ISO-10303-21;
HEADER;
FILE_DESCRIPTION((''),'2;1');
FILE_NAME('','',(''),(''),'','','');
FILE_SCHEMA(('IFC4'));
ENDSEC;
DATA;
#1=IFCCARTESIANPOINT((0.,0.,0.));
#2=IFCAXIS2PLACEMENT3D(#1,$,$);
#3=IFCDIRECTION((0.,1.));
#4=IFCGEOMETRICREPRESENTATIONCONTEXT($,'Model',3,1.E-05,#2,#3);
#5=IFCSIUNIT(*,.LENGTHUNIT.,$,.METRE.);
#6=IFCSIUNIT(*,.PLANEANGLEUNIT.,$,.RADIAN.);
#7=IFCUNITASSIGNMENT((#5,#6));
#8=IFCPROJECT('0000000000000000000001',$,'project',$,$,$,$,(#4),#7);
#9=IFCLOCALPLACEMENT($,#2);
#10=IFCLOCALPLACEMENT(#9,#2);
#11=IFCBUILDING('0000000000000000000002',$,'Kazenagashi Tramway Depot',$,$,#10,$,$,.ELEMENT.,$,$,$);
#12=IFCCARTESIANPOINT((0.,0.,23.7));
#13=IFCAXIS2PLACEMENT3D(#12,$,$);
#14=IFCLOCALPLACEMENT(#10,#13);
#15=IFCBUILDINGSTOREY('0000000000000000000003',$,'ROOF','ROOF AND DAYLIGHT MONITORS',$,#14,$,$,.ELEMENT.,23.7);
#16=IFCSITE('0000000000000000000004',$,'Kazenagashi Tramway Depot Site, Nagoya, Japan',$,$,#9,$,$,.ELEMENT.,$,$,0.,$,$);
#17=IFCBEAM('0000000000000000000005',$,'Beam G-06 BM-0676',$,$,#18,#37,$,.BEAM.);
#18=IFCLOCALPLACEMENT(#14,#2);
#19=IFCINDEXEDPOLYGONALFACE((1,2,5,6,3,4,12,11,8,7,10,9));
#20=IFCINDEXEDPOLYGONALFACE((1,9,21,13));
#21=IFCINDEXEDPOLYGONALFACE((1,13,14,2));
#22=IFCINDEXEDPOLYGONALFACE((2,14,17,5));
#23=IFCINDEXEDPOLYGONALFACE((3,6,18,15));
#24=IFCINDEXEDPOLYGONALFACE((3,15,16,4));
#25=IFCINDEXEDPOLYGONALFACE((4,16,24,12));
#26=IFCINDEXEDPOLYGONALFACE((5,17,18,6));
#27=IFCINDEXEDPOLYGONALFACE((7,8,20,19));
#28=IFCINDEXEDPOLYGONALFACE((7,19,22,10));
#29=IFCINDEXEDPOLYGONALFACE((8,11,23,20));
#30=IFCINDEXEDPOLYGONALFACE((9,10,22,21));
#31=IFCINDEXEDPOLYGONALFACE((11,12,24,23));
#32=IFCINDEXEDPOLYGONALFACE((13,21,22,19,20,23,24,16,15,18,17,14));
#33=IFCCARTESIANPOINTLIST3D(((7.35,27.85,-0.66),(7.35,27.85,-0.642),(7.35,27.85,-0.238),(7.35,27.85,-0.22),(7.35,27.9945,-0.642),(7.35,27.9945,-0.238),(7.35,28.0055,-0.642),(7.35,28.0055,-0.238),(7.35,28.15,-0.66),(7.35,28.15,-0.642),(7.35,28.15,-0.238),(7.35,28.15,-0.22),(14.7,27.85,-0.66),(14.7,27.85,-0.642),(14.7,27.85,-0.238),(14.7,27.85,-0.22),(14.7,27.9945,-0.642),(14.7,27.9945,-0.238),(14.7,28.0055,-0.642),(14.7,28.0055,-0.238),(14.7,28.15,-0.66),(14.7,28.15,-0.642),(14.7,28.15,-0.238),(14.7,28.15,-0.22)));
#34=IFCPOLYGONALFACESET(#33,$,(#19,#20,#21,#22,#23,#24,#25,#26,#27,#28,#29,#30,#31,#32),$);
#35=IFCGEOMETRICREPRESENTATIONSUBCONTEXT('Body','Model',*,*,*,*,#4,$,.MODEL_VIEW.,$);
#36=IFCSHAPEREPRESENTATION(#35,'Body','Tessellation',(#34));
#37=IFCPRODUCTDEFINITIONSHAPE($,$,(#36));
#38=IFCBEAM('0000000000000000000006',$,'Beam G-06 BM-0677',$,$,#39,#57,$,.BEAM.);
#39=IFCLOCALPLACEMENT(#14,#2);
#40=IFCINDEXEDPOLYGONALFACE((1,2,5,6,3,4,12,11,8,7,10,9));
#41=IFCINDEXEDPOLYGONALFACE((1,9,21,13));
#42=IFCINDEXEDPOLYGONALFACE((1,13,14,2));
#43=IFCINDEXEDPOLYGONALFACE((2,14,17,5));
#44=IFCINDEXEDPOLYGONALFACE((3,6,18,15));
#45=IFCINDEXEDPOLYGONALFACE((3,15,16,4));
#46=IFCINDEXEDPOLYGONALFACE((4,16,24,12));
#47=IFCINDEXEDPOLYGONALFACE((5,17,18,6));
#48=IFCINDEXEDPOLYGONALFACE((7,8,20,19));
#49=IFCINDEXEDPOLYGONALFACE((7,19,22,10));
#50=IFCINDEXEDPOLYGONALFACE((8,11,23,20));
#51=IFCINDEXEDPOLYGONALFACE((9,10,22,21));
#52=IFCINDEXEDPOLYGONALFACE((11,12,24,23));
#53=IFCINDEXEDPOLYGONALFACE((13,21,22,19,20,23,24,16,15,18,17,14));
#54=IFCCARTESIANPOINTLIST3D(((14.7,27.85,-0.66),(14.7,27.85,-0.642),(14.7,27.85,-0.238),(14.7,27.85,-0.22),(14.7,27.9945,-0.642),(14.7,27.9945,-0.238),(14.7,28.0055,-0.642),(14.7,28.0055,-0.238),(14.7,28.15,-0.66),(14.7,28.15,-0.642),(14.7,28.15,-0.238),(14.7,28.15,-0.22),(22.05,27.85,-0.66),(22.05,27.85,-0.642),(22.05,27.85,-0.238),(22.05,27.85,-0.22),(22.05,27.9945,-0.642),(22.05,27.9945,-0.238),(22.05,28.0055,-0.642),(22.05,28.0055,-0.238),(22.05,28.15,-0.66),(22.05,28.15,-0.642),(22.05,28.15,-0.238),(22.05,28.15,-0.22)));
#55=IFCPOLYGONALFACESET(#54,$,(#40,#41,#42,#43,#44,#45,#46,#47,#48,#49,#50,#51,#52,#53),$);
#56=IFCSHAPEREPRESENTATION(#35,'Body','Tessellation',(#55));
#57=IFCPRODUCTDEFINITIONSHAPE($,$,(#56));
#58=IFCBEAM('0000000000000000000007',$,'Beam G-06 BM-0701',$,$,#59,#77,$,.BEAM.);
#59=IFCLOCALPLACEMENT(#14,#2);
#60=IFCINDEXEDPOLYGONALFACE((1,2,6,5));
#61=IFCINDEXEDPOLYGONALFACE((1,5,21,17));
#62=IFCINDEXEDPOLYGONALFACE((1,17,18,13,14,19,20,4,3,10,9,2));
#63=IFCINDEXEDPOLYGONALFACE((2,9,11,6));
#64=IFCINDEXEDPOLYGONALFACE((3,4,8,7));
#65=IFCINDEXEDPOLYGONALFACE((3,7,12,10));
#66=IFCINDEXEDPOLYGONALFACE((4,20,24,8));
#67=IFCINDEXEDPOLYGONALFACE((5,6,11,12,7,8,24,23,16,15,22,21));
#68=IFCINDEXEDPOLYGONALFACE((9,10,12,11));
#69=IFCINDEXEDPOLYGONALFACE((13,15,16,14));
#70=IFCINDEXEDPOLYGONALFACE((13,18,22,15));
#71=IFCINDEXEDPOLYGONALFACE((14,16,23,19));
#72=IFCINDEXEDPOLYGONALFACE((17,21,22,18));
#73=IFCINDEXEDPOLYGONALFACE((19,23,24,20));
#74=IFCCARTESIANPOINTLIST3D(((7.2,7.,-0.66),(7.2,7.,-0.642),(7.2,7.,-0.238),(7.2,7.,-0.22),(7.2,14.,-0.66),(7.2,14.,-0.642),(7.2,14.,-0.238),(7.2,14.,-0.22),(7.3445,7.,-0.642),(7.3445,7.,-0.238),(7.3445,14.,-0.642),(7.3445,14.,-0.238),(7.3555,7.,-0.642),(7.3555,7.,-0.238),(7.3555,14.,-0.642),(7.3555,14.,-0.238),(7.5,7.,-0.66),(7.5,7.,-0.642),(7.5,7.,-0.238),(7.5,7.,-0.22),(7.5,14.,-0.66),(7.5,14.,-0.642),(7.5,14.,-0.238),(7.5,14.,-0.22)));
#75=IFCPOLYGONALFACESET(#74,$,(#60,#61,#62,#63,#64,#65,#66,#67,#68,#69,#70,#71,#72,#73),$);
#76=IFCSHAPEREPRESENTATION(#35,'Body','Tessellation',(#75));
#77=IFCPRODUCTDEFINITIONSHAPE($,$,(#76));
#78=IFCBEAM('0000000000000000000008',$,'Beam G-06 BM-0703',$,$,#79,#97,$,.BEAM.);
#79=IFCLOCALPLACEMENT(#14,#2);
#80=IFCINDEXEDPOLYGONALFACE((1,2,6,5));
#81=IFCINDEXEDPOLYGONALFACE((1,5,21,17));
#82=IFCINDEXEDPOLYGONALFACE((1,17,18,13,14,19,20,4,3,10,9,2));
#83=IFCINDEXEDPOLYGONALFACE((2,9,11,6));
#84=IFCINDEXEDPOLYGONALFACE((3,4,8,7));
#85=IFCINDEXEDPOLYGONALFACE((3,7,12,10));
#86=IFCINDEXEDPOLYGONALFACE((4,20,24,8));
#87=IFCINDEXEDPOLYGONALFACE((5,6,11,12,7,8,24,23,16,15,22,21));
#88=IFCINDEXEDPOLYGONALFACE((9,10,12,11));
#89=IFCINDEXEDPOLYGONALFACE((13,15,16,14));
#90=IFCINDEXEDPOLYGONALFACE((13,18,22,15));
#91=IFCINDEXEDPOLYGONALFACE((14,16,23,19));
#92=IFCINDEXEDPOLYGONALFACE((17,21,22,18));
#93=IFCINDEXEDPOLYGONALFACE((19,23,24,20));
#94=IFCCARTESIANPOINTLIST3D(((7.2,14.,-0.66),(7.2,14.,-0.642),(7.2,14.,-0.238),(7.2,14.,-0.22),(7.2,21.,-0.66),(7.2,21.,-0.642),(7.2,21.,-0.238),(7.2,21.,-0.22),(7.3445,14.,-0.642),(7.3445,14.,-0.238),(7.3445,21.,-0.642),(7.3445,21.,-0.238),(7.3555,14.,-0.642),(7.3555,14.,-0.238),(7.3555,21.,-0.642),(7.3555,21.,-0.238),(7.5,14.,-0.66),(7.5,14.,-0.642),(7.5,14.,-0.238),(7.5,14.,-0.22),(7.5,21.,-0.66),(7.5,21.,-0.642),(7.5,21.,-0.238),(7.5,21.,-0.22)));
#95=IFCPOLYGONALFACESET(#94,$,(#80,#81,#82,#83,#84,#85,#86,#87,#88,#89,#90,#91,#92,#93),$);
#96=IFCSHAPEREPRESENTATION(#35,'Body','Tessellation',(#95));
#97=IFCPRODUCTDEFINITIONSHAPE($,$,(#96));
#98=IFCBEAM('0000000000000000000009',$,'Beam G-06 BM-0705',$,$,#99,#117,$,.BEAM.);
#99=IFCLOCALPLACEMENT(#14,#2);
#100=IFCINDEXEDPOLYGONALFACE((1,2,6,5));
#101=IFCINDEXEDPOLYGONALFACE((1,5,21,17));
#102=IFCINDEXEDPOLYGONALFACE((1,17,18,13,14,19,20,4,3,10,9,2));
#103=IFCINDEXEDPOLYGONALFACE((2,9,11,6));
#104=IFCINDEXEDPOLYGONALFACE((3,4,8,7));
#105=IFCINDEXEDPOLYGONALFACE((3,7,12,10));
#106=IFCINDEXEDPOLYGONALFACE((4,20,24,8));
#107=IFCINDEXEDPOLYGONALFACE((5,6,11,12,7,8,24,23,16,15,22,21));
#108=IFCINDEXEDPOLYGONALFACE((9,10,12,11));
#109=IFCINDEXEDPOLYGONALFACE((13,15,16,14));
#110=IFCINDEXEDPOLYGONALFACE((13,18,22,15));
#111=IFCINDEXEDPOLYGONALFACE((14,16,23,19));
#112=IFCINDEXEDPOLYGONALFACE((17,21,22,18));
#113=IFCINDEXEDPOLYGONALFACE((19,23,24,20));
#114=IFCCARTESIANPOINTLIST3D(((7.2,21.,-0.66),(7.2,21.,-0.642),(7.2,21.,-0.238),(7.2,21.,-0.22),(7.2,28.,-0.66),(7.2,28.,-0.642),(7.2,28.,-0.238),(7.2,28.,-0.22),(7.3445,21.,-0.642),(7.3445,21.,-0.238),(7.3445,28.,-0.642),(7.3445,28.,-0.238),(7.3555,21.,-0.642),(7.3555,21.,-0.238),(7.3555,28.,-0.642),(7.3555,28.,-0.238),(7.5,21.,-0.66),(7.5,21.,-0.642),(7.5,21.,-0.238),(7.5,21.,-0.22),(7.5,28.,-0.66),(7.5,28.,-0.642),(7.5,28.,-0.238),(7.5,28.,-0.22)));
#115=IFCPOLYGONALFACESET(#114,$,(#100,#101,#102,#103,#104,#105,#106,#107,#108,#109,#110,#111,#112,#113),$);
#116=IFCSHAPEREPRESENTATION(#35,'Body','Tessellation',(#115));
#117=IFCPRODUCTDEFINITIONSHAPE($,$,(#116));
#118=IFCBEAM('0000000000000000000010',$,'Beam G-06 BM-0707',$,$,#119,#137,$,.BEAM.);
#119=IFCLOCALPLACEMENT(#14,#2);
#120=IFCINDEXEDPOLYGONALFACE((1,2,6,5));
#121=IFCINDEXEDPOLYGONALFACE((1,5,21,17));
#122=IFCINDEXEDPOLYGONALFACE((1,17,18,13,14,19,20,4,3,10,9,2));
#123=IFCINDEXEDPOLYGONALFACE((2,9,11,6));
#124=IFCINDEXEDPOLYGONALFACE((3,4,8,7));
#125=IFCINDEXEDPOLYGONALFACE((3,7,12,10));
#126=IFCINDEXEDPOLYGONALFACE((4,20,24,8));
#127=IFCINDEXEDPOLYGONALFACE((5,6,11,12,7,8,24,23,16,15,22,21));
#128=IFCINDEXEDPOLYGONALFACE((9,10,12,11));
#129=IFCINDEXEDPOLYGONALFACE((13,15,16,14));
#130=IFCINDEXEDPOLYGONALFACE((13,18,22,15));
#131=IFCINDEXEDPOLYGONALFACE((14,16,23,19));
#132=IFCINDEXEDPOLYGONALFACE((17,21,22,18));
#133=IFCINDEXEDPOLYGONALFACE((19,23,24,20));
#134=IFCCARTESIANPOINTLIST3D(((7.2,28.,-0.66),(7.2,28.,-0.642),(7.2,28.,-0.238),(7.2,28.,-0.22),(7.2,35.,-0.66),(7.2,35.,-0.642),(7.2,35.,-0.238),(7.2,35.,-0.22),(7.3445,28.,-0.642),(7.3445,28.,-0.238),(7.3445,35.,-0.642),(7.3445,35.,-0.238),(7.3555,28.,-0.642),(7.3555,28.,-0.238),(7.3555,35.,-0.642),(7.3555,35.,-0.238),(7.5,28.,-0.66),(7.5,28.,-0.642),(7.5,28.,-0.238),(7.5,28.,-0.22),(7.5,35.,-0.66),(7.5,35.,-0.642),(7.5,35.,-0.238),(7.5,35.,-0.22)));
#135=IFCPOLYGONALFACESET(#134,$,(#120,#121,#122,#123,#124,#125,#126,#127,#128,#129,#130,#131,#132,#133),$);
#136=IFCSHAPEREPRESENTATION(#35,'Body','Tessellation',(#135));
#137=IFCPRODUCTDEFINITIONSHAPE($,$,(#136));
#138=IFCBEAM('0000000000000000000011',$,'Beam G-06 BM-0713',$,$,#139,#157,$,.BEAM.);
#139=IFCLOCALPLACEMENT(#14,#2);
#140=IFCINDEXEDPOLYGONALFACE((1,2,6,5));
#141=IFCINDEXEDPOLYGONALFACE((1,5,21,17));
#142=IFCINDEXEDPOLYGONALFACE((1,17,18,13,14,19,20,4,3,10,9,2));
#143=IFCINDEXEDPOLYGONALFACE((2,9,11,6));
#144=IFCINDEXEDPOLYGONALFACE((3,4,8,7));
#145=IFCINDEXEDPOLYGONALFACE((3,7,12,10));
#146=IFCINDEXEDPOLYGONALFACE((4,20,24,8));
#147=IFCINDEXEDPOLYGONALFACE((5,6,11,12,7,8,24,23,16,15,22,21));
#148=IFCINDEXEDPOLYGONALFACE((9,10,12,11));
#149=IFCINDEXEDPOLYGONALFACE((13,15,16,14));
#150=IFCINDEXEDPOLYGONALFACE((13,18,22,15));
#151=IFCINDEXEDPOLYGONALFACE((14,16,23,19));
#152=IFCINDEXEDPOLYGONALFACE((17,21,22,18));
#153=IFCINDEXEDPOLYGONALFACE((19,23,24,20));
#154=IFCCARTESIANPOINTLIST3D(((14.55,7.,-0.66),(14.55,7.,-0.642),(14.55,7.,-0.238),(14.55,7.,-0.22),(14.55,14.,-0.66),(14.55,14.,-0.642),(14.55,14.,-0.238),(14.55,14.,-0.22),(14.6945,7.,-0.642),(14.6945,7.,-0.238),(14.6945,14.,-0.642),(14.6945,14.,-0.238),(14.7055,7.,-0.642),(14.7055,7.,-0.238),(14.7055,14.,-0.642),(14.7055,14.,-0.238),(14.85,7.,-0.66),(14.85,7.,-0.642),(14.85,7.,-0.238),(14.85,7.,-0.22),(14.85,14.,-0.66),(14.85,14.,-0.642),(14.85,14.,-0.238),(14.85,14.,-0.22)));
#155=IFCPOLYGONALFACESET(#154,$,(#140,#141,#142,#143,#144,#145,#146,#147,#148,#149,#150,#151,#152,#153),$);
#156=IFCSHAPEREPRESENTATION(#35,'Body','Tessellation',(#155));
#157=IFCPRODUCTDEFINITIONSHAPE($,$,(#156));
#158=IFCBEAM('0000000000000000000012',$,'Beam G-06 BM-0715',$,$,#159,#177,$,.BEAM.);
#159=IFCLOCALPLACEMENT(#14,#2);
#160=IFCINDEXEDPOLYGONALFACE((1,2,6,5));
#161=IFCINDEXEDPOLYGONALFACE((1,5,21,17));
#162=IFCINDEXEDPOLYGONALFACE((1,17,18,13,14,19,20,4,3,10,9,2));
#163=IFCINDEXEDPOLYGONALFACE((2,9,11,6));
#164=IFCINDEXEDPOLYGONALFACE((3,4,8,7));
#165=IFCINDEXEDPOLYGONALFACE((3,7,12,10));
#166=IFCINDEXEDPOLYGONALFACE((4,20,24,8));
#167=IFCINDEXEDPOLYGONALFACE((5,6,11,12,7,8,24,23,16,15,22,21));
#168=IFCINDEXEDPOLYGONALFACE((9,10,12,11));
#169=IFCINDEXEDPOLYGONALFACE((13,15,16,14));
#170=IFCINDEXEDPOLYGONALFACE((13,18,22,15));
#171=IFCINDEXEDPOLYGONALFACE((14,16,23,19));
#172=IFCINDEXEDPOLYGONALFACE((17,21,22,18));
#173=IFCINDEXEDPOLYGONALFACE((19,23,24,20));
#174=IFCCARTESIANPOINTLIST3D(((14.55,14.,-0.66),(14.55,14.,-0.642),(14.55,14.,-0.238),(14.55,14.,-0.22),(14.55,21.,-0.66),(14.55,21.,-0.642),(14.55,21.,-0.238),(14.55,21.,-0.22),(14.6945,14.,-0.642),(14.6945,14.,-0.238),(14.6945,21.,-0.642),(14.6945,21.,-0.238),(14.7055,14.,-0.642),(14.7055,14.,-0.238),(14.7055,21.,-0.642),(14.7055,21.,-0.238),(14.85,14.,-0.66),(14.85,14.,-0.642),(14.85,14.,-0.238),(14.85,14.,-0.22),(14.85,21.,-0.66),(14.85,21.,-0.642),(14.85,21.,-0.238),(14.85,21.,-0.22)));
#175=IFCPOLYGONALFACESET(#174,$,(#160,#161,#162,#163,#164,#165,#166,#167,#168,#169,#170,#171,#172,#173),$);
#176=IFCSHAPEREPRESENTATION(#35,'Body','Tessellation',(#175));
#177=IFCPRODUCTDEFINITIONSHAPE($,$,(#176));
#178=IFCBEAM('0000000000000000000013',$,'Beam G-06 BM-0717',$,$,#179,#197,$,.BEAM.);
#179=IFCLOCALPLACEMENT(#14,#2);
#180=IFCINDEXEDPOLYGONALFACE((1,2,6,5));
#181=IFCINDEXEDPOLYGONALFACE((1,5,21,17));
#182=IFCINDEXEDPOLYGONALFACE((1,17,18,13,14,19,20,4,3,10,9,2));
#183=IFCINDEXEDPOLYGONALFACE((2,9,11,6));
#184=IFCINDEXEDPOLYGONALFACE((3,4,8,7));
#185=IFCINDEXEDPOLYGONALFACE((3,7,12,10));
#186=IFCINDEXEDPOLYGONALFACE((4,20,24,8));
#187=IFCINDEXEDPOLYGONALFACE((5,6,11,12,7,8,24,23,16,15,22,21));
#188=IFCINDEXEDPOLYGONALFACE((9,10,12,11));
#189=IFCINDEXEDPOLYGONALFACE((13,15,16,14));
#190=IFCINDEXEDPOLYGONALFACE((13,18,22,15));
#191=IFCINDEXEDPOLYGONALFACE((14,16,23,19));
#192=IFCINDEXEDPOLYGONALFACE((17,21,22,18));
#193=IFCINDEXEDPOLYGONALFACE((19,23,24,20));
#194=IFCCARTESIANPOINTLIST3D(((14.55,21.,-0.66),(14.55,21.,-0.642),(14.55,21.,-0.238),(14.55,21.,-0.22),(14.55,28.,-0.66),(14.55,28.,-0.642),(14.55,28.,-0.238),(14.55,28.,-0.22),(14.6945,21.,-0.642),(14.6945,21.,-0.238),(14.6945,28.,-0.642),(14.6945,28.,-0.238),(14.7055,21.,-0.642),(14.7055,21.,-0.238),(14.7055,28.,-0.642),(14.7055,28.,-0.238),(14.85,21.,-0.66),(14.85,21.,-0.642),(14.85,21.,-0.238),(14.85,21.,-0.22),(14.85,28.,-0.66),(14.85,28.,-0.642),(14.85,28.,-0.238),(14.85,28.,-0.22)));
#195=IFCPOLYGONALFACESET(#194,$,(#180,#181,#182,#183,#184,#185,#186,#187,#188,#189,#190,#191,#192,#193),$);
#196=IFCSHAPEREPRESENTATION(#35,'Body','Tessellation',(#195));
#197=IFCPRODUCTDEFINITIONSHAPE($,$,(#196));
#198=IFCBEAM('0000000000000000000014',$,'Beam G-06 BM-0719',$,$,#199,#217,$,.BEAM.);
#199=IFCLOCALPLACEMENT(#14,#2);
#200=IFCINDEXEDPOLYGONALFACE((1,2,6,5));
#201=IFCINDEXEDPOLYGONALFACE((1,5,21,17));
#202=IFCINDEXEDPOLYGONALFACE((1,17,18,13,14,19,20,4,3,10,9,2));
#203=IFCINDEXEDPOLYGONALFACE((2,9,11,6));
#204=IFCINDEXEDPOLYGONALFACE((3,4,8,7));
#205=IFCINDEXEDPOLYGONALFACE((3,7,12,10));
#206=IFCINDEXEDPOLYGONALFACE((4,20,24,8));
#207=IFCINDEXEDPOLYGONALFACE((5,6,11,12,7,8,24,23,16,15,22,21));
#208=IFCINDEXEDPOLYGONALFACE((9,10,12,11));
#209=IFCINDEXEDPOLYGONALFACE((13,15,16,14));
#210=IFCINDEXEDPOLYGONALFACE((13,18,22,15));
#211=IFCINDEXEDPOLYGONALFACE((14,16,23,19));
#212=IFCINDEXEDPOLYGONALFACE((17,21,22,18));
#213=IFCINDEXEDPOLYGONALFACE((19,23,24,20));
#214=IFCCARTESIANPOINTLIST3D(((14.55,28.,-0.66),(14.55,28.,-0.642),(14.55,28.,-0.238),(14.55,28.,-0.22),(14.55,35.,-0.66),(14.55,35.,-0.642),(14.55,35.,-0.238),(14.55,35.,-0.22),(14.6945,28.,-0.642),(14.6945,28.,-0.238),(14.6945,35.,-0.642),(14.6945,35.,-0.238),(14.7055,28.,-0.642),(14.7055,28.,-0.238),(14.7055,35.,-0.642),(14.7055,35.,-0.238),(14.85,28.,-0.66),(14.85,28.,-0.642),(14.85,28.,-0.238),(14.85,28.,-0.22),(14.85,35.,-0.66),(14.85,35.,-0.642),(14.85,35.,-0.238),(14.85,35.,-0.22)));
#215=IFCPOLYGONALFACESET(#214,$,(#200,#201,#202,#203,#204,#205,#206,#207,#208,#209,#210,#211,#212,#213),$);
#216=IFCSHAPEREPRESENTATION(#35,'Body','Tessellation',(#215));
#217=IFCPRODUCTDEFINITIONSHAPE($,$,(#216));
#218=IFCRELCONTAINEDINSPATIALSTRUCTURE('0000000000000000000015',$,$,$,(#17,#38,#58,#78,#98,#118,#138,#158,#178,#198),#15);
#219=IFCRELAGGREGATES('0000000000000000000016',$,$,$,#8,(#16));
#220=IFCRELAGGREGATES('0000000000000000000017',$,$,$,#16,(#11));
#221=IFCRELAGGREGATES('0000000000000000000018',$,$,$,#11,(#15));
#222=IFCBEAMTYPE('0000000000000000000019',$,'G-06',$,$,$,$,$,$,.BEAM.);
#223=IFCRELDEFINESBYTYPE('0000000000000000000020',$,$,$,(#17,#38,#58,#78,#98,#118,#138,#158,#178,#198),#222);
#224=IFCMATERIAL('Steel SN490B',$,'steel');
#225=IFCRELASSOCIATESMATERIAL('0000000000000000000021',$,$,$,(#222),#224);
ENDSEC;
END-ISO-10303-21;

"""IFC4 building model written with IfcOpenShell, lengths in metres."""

from ifc_helpers import new_model, si_unit, direction, frame, origin, origin_2d, place, context, subcontext, project, spatial, i_section, extrude, material, material_profile, profile_set, type_object, element, save


model = new_model("IFC4")

# Units and contexts
model_context = context("Model", 3, precision=1e-05, world=origin(), true_north=direction((0.0, 1.0)))
body_context = subcontext(model_context, "Body", "Model", "MODEL_VIEW")
ifc_project = project(units=[si_unit("LENGTHUNIT", "METRE"), si_unit("PLANEANGLEUNIT", "RADIAN")], contexts=[model_context])

# Site, building, storey
site_placement = place(None, origin())
site = spatial("IfcSite", under=ifc_project, at=site_placement, Name="Kazenagashi Tramway Depot Site, Nagoya, Japan", CompositionType="ELEMENT", RefElevation=0.0)
building_placement = place(site_placement, origin())
building = spatial("IfcBuilding", under=site, at=building_placement, Name="Kazenagashi Tramway Depot", CompositionType="ELEMENT")
storey_placement = place(building_placement, frame((0.0, 0.0, 23.7)))
storey = spatial("IfcBuildingStorey", under=building, at=storey_placement, Name="ROOF", Description="ROOF AND DAYLIGHT MONITORS", CompositionType="ELEMENT", Elevation=23.7)

# Beams
ifc_material_1 = material(Name="Steel SN490B", Category="steel")
ifc_material_profile_1 = material_profile(ifc_material_1, i_section(OverallWidth=0.3, OverallDepth=0.44, WebThickness=0.011, FlangeThickness=0.018, at=origin_2d()), Name="H-440x300x11x18")
ifc_profile_set_1 = profile_set([ifc_material_profile_1], Name="Steel SN490B")
beam_type_1 = type_object("IfcBeamType", Name="G-06", PredefinedType="BEAM", material=ifc_profile_set_1)
for number, where, z_axis, x_axis, name in (
    (1, (7.35, 28.0, -0.44), (1.0, 0.0, 0.0), (0.0, 1.0, 0.0), "Beam G-06 BM-0676"),
    (2, (14.7, 28.0, -0.44), (1.0, 0.0, 0.0), (0.0, 1.0, 0.0), "Beam G-06 BM-0677"),
):
    element("IfcBeam", number, at=place(storey_placement, frame(where, z_axis=z_axis, x_axis=x_axis)), inside=storey, type_object=beam_type_1, Name=name, PredefinedType="BEAM", context=body_context, shape_type="SweptSolid", body=[
        extrude(i_section(OverallWidth=0.3, OverallDepth=0.44, WebThickness=0.011, FlangeThickness=0.018, at=origin_2d()), origin(), (0.0, 0.0, 1.0), 7.35),
    ])
for number, where, z_axis, x_axis, name in (
    (3, (7.35, 7.0, -0.44), (0.0, 1.0, 0.0), (-1.0, 0.0, 0.0), "Beam G-06 BM-0701"),
    (4, (7.35, 14.0, -0.44), (0.0, 1.0, 0.0), (-1.0, 0.0, 0.0), "Beam G-06 BM-0703"),
    (5, (7.35, 21.0, -0.44), (0.0, 1.0, 0.0), (-1.0, 0.0, 0.0), "Beam G-06 BM-0705"),
    (6, (7.35, 28.0, -0.44), (0.0, 1.0, 0.0), (-1.0, 0.0, 0.0), "Beam G-06 BM-0707"),
    (7, (14.7, 7.0, -0.44), (0.0, 1.0, 0.0), (-1.0, 0.0, 0.0), "Beam G-06 BM-0713"),
    (8, (14.7, 14.0, -0.44), (0.0, 1.0, 0.0), (-1.0, 0.0, 0.0), "Beam G-06 BM-0715"),
    (9, (14.7, 21.0, -0.44), (0.0, 1.0, 0.0), (-1.0, 0.0, 0.0), "Beam G-06 BM-0717"),
    (10, (14.7, 28.0, -0.44), (0.0, 1.0, 0.0), (-1.0, 0.0, 0.0), "Beam G-06 BM-0719"),
):
    element("IfcBeam", number, at=place(storey_placement, frame(where, z_axis=z_axis, x_axis=x_axis)), inside=storey, type_object=beam_type_1, Name=name, PredefinedType="BEAM", context=body_context, shape_type="SweptSolid", body=[
        extrude(i_section(OverallWidth=0.3, OverallDepth=0.44, WebThickness=0.011, FlangeThickness=0.018, at=origin_2d()), origin(), (0.0, 0.0, 1.0), 7.0),
    ])

save(model, "model.ifc")
